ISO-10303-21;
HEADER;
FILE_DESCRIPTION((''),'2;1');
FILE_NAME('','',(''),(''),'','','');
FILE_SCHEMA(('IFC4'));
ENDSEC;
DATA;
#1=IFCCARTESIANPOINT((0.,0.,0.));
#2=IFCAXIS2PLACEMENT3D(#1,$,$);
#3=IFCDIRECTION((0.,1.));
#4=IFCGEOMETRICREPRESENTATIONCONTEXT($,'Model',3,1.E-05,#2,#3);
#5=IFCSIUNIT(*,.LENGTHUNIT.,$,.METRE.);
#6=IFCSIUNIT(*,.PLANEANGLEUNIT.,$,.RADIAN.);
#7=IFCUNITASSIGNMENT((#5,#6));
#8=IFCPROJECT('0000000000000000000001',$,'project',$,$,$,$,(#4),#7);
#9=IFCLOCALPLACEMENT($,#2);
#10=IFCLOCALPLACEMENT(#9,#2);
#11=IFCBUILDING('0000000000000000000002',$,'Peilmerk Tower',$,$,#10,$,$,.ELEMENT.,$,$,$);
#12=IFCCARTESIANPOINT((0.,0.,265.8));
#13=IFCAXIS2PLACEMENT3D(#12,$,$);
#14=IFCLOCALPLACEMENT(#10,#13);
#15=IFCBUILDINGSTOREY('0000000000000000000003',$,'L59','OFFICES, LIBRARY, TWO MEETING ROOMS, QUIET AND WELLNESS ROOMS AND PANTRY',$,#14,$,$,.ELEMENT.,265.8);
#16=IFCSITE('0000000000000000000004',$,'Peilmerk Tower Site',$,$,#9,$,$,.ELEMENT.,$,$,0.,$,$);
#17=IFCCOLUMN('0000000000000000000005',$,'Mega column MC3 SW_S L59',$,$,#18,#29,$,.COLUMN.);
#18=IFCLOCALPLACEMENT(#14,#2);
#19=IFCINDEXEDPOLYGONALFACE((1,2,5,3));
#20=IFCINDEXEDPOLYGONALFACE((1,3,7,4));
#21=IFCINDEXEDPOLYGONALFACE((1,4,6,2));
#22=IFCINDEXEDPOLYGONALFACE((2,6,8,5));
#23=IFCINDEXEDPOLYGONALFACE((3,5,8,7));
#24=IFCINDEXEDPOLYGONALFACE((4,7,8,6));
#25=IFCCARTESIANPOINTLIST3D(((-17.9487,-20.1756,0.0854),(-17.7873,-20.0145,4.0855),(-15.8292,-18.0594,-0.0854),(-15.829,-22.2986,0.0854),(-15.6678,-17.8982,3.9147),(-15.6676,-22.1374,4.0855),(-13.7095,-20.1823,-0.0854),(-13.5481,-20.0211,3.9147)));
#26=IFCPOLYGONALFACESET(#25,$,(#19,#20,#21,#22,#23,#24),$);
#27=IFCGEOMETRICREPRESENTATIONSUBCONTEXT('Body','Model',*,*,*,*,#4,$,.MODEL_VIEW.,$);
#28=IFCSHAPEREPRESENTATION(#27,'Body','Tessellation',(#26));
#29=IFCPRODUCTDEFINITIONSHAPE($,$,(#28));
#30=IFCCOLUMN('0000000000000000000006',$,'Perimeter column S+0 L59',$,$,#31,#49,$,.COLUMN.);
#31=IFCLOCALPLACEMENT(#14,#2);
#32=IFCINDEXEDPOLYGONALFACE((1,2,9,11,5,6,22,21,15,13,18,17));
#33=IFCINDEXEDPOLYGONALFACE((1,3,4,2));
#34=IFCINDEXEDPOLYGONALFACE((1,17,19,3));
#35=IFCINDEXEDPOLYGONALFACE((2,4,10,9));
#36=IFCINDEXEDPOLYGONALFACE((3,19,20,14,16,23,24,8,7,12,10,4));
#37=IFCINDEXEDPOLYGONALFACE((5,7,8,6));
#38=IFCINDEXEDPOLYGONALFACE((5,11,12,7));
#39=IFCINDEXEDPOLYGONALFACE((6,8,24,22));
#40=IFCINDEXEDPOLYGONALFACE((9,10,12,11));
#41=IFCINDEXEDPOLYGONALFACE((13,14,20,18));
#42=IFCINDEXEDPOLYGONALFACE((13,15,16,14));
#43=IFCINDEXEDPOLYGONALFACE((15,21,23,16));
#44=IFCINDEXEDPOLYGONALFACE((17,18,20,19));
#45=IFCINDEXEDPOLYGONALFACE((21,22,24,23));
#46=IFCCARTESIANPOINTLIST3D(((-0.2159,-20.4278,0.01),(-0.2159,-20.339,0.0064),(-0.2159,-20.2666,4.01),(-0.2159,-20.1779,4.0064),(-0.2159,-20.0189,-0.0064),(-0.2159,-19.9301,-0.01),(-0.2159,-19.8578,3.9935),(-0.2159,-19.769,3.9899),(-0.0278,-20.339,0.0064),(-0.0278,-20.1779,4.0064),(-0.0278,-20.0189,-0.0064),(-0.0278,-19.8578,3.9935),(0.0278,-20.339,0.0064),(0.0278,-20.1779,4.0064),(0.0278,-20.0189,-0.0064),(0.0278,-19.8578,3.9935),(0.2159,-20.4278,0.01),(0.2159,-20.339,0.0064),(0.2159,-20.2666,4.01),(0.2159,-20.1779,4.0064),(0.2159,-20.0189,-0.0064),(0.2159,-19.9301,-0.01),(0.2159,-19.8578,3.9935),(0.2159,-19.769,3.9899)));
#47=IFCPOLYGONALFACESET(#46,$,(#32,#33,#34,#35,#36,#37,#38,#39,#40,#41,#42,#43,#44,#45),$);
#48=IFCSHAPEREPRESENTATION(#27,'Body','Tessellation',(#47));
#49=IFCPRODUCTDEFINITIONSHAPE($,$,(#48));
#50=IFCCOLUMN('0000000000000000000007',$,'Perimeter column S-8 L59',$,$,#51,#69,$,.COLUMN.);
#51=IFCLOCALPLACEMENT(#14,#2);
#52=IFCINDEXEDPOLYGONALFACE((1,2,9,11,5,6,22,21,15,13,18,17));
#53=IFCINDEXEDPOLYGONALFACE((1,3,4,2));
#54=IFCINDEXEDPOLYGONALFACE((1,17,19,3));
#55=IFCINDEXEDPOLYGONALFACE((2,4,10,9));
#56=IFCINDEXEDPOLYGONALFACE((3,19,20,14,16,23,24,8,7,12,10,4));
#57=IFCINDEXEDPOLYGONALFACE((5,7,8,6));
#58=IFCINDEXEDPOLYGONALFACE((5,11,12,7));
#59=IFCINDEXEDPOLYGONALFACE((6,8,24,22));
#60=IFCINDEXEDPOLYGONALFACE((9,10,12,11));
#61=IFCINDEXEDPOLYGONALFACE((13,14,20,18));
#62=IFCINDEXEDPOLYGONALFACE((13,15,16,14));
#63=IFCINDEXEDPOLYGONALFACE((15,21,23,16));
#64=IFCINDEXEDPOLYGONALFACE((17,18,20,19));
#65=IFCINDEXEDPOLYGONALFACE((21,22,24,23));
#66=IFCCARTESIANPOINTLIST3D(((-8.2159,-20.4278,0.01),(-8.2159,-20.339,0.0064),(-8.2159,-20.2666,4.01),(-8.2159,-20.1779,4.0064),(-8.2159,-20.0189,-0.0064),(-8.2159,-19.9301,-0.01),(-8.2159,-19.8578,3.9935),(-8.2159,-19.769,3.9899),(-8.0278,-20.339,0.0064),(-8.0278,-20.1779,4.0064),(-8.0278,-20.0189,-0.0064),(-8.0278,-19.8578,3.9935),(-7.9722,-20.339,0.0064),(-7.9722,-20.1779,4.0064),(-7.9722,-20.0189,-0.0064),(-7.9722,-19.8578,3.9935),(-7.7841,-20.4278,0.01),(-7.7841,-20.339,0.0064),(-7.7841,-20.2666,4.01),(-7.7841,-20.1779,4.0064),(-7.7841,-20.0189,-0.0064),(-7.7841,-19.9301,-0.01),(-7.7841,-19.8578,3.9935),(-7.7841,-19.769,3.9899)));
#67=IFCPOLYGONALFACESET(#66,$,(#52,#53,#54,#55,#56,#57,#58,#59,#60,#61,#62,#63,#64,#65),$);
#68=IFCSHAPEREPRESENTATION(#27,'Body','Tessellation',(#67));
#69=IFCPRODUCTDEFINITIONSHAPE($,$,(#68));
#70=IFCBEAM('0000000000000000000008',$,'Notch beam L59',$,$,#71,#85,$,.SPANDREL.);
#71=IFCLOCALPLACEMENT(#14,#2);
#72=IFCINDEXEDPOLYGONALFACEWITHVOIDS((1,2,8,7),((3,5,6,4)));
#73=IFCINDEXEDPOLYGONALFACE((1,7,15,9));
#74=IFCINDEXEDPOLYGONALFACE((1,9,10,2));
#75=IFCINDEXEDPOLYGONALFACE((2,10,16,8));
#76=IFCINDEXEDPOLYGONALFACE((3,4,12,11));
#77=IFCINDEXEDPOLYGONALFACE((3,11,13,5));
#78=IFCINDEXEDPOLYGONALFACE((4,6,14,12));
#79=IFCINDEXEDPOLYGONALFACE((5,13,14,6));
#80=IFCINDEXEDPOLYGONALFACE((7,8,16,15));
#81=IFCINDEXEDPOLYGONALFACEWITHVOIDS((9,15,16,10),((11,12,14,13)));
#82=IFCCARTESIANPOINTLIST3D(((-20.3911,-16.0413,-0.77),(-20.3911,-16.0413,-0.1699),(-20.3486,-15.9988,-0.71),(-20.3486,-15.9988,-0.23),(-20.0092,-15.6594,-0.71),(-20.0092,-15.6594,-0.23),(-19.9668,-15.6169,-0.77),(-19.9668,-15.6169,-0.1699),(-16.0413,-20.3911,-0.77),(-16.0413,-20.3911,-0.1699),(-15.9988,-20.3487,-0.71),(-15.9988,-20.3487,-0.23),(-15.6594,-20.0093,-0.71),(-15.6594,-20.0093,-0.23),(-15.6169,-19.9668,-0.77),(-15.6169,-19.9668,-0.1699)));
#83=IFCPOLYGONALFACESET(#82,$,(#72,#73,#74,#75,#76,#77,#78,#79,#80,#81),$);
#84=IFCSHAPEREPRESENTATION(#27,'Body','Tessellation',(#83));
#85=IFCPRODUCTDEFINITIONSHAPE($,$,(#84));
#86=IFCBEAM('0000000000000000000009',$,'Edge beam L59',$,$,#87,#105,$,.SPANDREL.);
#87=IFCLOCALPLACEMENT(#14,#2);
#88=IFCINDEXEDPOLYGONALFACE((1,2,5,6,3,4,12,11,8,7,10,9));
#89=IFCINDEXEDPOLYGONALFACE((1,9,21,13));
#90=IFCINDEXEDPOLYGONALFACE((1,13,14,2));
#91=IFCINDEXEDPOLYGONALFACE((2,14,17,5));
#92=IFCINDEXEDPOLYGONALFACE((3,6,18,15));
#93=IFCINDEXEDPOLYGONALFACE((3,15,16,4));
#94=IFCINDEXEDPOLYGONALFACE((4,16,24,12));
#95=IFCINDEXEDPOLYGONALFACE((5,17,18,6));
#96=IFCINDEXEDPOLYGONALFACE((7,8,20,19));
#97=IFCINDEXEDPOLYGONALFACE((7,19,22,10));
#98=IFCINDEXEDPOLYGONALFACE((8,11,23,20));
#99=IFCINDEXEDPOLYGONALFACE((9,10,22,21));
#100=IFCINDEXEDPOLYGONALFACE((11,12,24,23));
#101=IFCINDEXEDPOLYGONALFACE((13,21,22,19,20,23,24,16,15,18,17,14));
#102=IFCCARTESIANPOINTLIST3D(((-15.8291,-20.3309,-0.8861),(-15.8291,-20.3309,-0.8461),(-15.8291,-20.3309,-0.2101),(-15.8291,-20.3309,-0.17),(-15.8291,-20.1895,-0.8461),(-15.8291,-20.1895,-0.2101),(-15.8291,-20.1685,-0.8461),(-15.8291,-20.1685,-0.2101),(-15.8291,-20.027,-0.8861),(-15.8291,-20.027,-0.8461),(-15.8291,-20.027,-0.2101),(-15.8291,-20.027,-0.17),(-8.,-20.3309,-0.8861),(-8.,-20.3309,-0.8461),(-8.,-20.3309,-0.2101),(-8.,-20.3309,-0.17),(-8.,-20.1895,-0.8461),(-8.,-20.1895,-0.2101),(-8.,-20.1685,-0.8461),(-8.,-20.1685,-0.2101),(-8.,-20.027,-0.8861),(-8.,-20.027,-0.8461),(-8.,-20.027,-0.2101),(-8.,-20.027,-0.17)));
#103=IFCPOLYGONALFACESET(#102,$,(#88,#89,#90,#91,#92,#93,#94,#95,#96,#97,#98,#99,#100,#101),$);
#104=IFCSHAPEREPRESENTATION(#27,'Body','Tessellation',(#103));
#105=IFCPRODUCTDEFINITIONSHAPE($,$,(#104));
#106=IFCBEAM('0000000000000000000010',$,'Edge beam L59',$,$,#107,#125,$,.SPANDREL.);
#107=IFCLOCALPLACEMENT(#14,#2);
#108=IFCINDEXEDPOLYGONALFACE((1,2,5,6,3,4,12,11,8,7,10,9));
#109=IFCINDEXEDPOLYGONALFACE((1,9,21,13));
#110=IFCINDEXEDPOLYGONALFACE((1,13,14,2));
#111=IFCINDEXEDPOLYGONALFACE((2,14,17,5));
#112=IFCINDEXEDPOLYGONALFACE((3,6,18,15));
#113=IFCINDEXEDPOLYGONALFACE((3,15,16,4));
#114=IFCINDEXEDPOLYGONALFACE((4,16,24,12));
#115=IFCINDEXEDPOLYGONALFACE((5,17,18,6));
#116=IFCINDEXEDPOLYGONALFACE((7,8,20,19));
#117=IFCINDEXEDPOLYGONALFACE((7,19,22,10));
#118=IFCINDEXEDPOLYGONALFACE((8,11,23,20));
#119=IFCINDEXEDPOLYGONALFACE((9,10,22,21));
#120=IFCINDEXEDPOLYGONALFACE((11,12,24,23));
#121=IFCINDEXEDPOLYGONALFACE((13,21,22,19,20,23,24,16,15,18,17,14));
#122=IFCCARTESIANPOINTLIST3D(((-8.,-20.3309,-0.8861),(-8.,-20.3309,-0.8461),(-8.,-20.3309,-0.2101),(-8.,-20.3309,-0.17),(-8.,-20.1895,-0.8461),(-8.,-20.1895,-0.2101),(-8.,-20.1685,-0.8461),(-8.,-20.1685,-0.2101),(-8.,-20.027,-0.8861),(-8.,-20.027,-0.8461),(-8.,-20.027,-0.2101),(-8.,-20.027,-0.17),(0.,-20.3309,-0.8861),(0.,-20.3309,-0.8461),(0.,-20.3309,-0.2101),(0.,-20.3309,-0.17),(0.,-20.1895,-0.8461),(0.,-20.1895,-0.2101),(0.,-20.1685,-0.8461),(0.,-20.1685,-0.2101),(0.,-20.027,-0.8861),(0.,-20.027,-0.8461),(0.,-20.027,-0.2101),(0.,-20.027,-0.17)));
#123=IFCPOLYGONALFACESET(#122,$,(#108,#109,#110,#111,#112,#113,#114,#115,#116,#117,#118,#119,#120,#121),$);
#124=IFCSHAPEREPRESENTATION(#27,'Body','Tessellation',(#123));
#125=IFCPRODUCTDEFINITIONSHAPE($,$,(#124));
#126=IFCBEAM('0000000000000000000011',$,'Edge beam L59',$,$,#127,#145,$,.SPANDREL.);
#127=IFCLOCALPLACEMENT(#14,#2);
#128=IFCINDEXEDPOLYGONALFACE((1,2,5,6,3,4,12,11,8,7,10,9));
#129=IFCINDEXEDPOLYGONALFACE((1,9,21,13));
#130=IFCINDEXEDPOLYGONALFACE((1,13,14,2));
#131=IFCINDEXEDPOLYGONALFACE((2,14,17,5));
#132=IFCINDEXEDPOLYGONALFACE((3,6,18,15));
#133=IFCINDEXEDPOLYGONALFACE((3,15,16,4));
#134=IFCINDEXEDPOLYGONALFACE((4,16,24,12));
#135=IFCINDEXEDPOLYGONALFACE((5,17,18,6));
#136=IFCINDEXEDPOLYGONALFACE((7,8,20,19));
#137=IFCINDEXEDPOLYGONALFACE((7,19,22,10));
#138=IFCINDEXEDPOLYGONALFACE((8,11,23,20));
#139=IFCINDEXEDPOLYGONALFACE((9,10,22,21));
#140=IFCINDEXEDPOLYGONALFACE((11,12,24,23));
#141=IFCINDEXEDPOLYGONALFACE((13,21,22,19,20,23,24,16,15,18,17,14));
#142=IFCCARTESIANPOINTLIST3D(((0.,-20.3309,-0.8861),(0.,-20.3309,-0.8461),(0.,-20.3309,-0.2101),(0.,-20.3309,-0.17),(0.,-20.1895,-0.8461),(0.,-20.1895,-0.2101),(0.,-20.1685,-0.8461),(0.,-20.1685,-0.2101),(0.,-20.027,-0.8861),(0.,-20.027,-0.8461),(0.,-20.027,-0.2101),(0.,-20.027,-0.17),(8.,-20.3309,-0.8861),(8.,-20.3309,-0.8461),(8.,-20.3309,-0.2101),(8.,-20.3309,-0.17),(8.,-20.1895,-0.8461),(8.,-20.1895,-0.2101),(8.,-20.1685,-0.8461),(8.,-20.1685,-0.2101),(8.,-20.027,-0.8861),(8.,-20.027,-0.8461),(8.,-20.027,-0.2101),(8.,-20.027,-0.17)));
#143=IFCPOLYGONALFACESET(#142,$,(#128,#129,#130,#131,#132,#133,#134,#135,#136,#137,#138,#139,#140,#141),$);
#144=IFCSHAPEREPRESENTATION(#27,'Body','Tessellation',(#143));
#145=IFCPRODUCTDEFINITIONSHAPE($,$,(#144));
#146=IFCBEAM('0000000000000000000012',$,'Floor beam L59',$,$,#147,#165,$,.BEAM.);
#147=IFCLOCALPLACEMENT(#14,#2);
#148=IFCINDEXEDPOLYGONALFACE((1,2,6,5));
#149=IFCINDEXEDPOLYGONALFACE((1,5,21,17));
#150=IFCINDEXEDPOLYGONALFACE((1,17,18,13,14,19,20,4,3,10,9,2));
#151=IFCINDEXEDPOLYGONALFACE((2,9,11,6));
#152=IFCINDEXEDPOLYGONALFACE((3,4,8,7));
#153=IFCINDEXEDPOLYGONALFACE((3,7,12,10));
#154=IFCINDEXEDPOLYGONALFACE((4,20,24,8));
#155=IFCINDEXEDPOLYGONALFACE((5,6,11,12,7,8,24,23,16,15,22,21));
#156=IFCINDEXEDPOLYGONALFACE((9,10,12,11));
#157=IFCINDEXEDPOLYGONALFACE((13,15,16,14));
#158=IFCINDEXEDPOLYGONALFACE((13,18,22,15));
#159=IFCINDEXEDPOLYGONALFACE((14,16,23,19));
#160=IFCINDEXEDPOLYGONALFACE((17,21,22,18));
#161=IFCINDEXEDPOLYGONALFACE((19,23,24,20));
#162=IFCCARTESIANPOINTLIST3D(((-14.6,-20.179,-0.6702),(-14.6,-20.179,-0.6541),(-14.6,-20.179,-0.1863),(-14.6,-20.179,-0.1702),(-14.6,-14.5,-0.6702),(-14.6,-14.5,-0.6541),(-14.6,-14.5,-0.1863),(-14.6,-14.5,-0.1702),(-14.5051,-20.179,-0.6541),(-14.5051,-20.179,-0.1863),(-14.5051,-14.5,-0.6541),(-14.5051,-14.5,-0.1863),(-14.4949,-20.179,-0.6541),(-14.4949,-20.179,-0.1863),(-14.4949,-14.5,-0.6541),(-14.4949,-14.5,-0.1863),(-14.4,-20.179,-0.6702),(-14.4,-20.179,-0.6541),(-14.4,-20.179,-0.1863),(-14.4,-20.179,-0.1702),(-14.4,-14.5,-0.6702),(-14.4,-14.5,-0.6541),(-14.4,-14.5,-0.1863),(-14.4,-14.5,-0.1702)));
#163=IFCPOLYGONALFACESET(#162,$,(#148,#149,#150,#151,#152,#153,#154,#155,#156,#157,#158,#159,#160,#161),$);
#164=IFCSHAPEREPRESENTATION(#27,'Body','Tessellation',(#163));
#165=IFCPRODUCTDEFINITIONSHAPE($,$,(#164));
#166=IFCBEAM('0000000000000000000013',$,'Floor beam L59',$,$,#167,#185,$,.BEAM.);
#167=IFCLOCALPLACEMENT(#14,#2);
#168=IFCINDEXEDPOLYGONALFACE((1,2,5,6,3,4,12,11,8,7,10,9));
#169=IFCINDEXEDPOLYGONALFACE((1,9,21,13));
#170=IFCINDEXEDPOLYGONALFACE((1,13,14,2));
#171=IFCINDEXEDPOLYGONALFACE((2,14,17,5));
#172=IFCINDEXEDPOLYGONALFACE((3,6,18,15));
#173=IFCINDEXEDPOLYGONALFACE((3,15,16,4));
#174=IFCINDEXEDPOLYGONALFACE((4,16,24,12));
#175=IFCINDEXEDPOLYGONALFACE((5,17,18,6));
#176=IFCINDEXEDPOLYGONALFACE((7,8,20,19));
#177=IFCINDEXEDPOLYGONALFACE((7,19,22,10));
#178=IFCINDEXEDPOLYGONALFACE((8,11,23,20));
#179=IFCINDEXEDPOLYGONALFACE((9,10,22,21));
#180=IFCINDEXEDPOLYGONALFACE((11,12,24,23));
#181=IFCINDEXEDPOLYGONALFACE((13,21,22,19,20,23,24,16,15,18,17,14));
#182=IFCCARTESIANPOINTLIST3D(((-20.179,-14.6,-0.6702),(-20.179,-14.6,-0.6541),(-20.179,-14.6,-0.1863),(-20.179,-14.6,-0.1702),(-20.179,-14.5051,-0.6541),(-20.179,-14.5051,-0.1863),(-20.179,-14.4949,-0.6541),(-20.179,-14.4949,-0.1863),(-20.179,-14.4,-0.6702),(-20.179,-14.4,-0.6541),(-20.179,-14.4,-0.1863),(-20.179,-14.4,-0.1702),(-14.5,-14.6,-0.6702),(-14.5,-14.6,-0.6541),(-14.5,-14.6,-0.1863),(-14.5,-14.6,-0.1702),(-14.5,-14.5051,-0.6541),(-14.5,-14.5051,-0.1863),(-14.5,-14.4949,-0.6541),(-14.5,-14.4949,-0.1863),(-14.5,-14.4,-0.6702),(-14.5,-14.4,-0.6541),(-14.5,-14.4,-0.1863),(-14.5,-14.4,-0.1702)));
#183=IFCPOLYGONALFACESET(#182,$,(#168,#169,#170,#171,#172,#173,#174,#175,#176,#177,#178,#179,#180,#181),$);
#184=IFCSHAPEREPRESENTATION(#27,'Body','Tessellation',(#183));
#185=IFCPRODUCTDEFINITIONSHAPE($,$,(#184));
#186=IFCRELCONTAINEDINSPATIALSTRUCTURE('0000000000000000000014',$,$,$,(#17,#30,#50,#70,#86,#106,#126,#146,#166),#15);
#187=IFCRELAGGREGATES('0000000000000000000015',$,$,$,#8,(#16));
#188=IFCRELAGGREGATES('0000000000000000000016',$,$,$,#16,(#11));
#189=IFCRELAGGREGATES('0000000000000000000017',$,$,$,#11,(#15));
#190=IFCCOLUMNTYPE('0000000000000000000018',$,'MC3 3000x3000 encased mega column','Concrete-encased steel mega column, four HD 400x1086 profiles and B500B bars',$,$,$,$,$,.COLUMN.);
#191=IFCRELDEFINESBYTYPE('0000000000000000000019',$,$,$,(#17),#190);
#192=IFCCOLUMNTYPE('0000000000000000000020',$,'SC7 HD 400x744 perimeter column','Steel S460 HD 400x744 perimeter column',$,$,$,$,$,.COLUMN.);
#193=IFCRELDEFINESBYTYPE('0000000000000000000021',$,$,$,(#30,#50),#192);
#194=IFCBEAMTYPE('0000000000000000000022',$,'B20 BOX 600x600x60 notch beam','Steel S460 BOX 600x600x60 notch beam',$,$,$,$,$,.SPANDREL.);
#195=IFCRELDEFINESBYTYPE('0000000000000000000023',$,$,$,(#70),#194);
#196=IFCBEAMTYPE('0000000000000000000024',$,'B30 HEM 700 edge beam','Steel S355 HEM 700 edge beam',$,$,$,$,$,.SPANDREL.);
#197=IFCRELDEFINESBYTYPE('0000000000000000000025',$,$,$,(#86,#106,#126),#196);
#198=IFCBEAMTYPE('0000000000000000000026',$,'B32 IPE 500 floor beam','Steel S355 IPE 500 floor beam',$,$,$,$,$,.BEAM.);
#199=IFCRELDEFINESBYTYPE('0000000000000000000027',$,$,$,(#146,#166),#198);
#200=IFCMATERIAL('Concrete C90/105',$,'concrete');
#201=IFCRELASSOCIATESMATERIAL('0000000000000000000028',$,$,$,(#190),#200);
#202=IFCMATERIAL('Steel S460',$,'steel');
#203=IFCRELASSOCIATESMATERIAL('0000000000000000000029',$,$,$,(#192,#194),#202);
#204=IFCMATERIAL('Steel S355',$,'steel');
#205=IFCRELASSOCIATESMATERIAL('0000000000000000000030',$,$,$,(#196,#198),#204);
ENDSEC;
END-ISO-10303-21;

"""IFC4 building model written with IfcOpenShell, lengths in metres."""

from ifc_helpers import new_model, si_unit, direction, frame, origin, origin_2d, place, context, subcontext, project, spatial, rectangle, hollow_rectangle, i_section, extrude, material, material_profile, profile_set, type_object, element, save


model = new_model("IFC4")

# Units and contexts
model_context = context("Model", 3, precision=1e-05, world=origin(), true_north=direction((0.0, 1.0)))
body_context = subcontext(model_context, "Body", "Model", "MODEL_VIEW")
ifc_project = project(units=[si_unit("LENGTHUNIT", "METRE"), si_unit("PLANEANGLEUNIT", "RADIAN")], contexts=[model_context])

# Site, building, storey
site_placement = place(None, origin())
site = spatial("IfcSite", under=ifc_project, at=site_placement, Name="Peilmerk Tower Site", CompositionType="ELEMENT", RefElevation=0.0)
building_placement = place(site_placement, origin())
building = spatial("IfcBuilding", under=site, at=building_placement, Name="Peilmerk Tower", CompositionType="ELEMENT")
storey_placement = place(building_placement, frame((0.0, 0.0, 265.8)))
storey = spatial("IfcBuildingStorey", under=building, at=storey_placement, Name="L59", Description="OFFICES, LIBRARY, TWO MEETING ROOMS, QUIET AND WELLNESS ROOMS AND PANTRY", CompositionType="ELEMENT", Elevation=265.8)

# Columns
ifc_material_1 = material(Name="Concrete C90/105", Category="concrete")
ifc_material_profile_1 = material_profile(ifc_material_1, rectangle(XDim=3.0, YDim=3.0, at=origin_2d()), Name="RC 3000x3000")
ifc_profile_set_1 = profile_set([ifc_material_profile_1], Name="Concrete C90/105")
column_type_1 = type_object("IfcColumnType", Name="MC3 3000x3000 encased mega column", Description="Concrete-encased steel mega column, four HD 400x1086 profiles and B500B bars", PredefinedType="COLUMN", material=ifc_profile_set_1)
column_placement = place(storey_placement, frame((-15.8291, -20.179, 0.0), z_axis=(0.040279, 0.040218, 0.998379), x_axis=(-0.706571, 0.707642, 0.0)))
element("IfcColumn", 1, at=column_placement, inside=storey, type_object=column_type_1, Name="Mega column MC3 SW_S L59", PredefinedType="COLUMN", context=body_context, shape_type="SweptSolid", body=[
    extrude(rectangle(XDim=3.0, YDim=3.0, at=origin_2d()), origin(), (0.0, 0.0, 1.0), 4.0066),
])
ifc_material_2 = material(Name="Steel S460", Category="steel")
ifc_material_profile_2 = material_profile(ifc_material_2, i_section(OverallWidth=0.4319, OverallDepth=0.498, WebThickness=0.0557, FlangeThickness=0.0889, at=origin_2d()), Name="HD 400x744")
ifc_profile_set_2 = profile_set([ifc_material_profile_2], Name="Steel S460")
column_type_2 = type_object("IfcColumnType", Name="SC7 HD 400x744 perimeter column", Description="Steel S460 HD 400x744 perimeter column", PredefinedType="COLUMN", material=ifc_profile_set_2)
for number, where, z_axis, x_axis, name in (
    (2, (0.0, -20.179, 0.0), (0.0, 0.040251, 0.99919), (-1.0, 0.0, 0.0), "Perimeter column S+0 L59"),
    (3, (-8.0, -20.179, 0.0), (0.0, 0.040251, 0.99919), (-1.0, 0.0, 0.0), "Perimeter column S-8 L59"),
):
    element("IfcColumn", number, at=place(storey_placement, frame(where, z_axis=z_axis, x_axis=x_axis)), inside=storey, type_object=column_type_2, Name=name, PredefinedType="COLUMN", context=body_context, shape_type="SweptSolid", body=[
        extrude(i_section(OverallWidth=0.4319, OverallDepth=0.498, WebThickness=0.0557, FlangeThickness=0.0889, at=origin_2d()), origin(), (0.0, 0.0, 1.0), 4.0032),
    ])

# Beams
ifc_material_profile_3 = material_profile(ifc_material_2, hollow_rectangle(XDim=0.6001, YDim=0.6001, WallThickness=0.0601, at=origin_2d()), Name="BOX 600x600x60")
ifc_profile_set_3 = profile_set([ifc_material_profile_3], Name="Steel S460")
beam_type_1 = type_object("IfcBeamType", Name="B20 BOX 600x600x60 notch beam", Description="Steel S460 BOX 600x600x60 notch beam", PredefinedType="SPANDREL", material=ifc_profile_set_3)
beam_1_placement = place(storey_placement, frame((-15.8291, -20.179, -0.47), z_axis=(-0.707107, 0.707107, 0.0), x_axis=(-0.707107, -0.707107, 0.0)))
element("IfcBeam", 4, at=beam_1_placement, inside=storey, type_object=beam_type_1, Name="Notch beam L59", PredefinedType="SPANDREL", context=body_context, shape_type="SweptSolid", body=[
    extrude(hollow_rectangle(XDim=0.6001, YDim=0.6001, WallThickness=0.0601, at=origin_2d()), origin(), (0.0, 0.0, 1.0), 6.1516),
])
ifc_material_3 = material(Name="Steel S355", Category="steel")
ifc_material_profile_4 = material_profile(ifc_material_3, i_section(OverallWidth=0.304, OverallDepth=0.7161, WebThickness=0.021, FlangeThickness=0.04, at=origin_2d()), Name="HEM 700")
ifc_profile_set_4 = profile_set([ifc_material_profile_4], Name="Steel S355")
beam_type_2 = type_object("IfcBeamType", Name="B30 HEM 700 edge beam", Description="Steel S355 HEM 700 edge beam", PredefinedType="SPANDREL", material=ifc_profile_set_4)
beam_2_placement = place(storey_placement, frame((-15.8291, -20.179, -0.5281), z_axis=(1.0, 0.0, 0.0), x_axis=(0.0, 1.0, 0.0)))
element("IfcBeam", 5, at=beam_2_placement, inside=storey, type_object=beam_type_2, Name="Edge beam L59", PredefinedType="SPANDREL", context=body_context, shape_type="SweptSolid", body=[
    extrude(i_section(OverallWidth=0.304, OverallDepth=0.7161, WebThickness=0.021, FlangeThickness=0.04, at=origin_2d()), origin(), (0.0, 0.0, 1.0), 7.8291),
])
for number, where, z_axis, x_axis, name in (
    (6, (-8.0, -20.179, -0.5281), (1.0, 0.0, 0.0), (0.0, 1.0, 0.0), "Edge beam L59"),
    (7, (0.0, -20.179, -0.5281), (1.0, 0.0, 0.0), (0.0, 1.0, 0.0), "Edge beam L59"),
):
    element("IfcBeam", number, at=place(storey_placement, frame(where, z_axis=z_axis, x_axis=x_axis)), inside=storey, type_object=beam_type_2, Name=name, PredefinedType="SPANDREL", context=body_context, shape_type="SweptSolid", body=[
        extrude(i_section(OverallWidth=0.304, OverallDepth=0.7161, WebThickness=0.021, FlangeThickness=0.04, at=origin_2d()), origin(), (0.0, 0.0, 1.0), 8.0),
    ])
ifc_material_profile_5 = material_profile(ifc_material_3, i_section(OverallWidth=0.2, OverallDepth=0.5, WebThickness=0.0103, FlangeThickness=0.0161, at=origin_2d()), Name="IPE 500")
ifc_profile_set_5 = profile_set([ifc_material_profile_5], Name="Steel S355")
beam_type_3 = type_object("IfcBeamType", Name="B32 IPE 500 floor beam", Description="Steel S355 IPE 500 floor beam", PredefinedType="BEAM", material=ifc_profile_set_5)
for number, where, z_axis, x_axis, name in (
    (8, (-14.5, -14.5, -0.4202), (0.0, -1.0, 0.0), (1.0, 0.0, 0.0), "Floor beam L59"),
    (9, (-14.5, -14.5, -0.4202), (-1.0, 0.0, 0.0), (0.0, -1.0, 0.0), "Floor beam L59"),
):
    element("IfcBeam", number, at=place(storey_placement, frame(where, z_axis=z_axis, x_axis=x_axis)), inside=storey, type_object=beam_type_3, Name=name, PredefinedType="BEAM", context=body_context, shape_type="SweptSolid", body=[
        extrude(i_section(OverallWidth=0.2, OverallDepth=0.5, WebThickness=0.0103, FlangeThickness=0.0161, at=origin_2d()), origin(), (0.0, 0.0, 1.0), 5.679),
    ])

save(model, "model.ifc")
